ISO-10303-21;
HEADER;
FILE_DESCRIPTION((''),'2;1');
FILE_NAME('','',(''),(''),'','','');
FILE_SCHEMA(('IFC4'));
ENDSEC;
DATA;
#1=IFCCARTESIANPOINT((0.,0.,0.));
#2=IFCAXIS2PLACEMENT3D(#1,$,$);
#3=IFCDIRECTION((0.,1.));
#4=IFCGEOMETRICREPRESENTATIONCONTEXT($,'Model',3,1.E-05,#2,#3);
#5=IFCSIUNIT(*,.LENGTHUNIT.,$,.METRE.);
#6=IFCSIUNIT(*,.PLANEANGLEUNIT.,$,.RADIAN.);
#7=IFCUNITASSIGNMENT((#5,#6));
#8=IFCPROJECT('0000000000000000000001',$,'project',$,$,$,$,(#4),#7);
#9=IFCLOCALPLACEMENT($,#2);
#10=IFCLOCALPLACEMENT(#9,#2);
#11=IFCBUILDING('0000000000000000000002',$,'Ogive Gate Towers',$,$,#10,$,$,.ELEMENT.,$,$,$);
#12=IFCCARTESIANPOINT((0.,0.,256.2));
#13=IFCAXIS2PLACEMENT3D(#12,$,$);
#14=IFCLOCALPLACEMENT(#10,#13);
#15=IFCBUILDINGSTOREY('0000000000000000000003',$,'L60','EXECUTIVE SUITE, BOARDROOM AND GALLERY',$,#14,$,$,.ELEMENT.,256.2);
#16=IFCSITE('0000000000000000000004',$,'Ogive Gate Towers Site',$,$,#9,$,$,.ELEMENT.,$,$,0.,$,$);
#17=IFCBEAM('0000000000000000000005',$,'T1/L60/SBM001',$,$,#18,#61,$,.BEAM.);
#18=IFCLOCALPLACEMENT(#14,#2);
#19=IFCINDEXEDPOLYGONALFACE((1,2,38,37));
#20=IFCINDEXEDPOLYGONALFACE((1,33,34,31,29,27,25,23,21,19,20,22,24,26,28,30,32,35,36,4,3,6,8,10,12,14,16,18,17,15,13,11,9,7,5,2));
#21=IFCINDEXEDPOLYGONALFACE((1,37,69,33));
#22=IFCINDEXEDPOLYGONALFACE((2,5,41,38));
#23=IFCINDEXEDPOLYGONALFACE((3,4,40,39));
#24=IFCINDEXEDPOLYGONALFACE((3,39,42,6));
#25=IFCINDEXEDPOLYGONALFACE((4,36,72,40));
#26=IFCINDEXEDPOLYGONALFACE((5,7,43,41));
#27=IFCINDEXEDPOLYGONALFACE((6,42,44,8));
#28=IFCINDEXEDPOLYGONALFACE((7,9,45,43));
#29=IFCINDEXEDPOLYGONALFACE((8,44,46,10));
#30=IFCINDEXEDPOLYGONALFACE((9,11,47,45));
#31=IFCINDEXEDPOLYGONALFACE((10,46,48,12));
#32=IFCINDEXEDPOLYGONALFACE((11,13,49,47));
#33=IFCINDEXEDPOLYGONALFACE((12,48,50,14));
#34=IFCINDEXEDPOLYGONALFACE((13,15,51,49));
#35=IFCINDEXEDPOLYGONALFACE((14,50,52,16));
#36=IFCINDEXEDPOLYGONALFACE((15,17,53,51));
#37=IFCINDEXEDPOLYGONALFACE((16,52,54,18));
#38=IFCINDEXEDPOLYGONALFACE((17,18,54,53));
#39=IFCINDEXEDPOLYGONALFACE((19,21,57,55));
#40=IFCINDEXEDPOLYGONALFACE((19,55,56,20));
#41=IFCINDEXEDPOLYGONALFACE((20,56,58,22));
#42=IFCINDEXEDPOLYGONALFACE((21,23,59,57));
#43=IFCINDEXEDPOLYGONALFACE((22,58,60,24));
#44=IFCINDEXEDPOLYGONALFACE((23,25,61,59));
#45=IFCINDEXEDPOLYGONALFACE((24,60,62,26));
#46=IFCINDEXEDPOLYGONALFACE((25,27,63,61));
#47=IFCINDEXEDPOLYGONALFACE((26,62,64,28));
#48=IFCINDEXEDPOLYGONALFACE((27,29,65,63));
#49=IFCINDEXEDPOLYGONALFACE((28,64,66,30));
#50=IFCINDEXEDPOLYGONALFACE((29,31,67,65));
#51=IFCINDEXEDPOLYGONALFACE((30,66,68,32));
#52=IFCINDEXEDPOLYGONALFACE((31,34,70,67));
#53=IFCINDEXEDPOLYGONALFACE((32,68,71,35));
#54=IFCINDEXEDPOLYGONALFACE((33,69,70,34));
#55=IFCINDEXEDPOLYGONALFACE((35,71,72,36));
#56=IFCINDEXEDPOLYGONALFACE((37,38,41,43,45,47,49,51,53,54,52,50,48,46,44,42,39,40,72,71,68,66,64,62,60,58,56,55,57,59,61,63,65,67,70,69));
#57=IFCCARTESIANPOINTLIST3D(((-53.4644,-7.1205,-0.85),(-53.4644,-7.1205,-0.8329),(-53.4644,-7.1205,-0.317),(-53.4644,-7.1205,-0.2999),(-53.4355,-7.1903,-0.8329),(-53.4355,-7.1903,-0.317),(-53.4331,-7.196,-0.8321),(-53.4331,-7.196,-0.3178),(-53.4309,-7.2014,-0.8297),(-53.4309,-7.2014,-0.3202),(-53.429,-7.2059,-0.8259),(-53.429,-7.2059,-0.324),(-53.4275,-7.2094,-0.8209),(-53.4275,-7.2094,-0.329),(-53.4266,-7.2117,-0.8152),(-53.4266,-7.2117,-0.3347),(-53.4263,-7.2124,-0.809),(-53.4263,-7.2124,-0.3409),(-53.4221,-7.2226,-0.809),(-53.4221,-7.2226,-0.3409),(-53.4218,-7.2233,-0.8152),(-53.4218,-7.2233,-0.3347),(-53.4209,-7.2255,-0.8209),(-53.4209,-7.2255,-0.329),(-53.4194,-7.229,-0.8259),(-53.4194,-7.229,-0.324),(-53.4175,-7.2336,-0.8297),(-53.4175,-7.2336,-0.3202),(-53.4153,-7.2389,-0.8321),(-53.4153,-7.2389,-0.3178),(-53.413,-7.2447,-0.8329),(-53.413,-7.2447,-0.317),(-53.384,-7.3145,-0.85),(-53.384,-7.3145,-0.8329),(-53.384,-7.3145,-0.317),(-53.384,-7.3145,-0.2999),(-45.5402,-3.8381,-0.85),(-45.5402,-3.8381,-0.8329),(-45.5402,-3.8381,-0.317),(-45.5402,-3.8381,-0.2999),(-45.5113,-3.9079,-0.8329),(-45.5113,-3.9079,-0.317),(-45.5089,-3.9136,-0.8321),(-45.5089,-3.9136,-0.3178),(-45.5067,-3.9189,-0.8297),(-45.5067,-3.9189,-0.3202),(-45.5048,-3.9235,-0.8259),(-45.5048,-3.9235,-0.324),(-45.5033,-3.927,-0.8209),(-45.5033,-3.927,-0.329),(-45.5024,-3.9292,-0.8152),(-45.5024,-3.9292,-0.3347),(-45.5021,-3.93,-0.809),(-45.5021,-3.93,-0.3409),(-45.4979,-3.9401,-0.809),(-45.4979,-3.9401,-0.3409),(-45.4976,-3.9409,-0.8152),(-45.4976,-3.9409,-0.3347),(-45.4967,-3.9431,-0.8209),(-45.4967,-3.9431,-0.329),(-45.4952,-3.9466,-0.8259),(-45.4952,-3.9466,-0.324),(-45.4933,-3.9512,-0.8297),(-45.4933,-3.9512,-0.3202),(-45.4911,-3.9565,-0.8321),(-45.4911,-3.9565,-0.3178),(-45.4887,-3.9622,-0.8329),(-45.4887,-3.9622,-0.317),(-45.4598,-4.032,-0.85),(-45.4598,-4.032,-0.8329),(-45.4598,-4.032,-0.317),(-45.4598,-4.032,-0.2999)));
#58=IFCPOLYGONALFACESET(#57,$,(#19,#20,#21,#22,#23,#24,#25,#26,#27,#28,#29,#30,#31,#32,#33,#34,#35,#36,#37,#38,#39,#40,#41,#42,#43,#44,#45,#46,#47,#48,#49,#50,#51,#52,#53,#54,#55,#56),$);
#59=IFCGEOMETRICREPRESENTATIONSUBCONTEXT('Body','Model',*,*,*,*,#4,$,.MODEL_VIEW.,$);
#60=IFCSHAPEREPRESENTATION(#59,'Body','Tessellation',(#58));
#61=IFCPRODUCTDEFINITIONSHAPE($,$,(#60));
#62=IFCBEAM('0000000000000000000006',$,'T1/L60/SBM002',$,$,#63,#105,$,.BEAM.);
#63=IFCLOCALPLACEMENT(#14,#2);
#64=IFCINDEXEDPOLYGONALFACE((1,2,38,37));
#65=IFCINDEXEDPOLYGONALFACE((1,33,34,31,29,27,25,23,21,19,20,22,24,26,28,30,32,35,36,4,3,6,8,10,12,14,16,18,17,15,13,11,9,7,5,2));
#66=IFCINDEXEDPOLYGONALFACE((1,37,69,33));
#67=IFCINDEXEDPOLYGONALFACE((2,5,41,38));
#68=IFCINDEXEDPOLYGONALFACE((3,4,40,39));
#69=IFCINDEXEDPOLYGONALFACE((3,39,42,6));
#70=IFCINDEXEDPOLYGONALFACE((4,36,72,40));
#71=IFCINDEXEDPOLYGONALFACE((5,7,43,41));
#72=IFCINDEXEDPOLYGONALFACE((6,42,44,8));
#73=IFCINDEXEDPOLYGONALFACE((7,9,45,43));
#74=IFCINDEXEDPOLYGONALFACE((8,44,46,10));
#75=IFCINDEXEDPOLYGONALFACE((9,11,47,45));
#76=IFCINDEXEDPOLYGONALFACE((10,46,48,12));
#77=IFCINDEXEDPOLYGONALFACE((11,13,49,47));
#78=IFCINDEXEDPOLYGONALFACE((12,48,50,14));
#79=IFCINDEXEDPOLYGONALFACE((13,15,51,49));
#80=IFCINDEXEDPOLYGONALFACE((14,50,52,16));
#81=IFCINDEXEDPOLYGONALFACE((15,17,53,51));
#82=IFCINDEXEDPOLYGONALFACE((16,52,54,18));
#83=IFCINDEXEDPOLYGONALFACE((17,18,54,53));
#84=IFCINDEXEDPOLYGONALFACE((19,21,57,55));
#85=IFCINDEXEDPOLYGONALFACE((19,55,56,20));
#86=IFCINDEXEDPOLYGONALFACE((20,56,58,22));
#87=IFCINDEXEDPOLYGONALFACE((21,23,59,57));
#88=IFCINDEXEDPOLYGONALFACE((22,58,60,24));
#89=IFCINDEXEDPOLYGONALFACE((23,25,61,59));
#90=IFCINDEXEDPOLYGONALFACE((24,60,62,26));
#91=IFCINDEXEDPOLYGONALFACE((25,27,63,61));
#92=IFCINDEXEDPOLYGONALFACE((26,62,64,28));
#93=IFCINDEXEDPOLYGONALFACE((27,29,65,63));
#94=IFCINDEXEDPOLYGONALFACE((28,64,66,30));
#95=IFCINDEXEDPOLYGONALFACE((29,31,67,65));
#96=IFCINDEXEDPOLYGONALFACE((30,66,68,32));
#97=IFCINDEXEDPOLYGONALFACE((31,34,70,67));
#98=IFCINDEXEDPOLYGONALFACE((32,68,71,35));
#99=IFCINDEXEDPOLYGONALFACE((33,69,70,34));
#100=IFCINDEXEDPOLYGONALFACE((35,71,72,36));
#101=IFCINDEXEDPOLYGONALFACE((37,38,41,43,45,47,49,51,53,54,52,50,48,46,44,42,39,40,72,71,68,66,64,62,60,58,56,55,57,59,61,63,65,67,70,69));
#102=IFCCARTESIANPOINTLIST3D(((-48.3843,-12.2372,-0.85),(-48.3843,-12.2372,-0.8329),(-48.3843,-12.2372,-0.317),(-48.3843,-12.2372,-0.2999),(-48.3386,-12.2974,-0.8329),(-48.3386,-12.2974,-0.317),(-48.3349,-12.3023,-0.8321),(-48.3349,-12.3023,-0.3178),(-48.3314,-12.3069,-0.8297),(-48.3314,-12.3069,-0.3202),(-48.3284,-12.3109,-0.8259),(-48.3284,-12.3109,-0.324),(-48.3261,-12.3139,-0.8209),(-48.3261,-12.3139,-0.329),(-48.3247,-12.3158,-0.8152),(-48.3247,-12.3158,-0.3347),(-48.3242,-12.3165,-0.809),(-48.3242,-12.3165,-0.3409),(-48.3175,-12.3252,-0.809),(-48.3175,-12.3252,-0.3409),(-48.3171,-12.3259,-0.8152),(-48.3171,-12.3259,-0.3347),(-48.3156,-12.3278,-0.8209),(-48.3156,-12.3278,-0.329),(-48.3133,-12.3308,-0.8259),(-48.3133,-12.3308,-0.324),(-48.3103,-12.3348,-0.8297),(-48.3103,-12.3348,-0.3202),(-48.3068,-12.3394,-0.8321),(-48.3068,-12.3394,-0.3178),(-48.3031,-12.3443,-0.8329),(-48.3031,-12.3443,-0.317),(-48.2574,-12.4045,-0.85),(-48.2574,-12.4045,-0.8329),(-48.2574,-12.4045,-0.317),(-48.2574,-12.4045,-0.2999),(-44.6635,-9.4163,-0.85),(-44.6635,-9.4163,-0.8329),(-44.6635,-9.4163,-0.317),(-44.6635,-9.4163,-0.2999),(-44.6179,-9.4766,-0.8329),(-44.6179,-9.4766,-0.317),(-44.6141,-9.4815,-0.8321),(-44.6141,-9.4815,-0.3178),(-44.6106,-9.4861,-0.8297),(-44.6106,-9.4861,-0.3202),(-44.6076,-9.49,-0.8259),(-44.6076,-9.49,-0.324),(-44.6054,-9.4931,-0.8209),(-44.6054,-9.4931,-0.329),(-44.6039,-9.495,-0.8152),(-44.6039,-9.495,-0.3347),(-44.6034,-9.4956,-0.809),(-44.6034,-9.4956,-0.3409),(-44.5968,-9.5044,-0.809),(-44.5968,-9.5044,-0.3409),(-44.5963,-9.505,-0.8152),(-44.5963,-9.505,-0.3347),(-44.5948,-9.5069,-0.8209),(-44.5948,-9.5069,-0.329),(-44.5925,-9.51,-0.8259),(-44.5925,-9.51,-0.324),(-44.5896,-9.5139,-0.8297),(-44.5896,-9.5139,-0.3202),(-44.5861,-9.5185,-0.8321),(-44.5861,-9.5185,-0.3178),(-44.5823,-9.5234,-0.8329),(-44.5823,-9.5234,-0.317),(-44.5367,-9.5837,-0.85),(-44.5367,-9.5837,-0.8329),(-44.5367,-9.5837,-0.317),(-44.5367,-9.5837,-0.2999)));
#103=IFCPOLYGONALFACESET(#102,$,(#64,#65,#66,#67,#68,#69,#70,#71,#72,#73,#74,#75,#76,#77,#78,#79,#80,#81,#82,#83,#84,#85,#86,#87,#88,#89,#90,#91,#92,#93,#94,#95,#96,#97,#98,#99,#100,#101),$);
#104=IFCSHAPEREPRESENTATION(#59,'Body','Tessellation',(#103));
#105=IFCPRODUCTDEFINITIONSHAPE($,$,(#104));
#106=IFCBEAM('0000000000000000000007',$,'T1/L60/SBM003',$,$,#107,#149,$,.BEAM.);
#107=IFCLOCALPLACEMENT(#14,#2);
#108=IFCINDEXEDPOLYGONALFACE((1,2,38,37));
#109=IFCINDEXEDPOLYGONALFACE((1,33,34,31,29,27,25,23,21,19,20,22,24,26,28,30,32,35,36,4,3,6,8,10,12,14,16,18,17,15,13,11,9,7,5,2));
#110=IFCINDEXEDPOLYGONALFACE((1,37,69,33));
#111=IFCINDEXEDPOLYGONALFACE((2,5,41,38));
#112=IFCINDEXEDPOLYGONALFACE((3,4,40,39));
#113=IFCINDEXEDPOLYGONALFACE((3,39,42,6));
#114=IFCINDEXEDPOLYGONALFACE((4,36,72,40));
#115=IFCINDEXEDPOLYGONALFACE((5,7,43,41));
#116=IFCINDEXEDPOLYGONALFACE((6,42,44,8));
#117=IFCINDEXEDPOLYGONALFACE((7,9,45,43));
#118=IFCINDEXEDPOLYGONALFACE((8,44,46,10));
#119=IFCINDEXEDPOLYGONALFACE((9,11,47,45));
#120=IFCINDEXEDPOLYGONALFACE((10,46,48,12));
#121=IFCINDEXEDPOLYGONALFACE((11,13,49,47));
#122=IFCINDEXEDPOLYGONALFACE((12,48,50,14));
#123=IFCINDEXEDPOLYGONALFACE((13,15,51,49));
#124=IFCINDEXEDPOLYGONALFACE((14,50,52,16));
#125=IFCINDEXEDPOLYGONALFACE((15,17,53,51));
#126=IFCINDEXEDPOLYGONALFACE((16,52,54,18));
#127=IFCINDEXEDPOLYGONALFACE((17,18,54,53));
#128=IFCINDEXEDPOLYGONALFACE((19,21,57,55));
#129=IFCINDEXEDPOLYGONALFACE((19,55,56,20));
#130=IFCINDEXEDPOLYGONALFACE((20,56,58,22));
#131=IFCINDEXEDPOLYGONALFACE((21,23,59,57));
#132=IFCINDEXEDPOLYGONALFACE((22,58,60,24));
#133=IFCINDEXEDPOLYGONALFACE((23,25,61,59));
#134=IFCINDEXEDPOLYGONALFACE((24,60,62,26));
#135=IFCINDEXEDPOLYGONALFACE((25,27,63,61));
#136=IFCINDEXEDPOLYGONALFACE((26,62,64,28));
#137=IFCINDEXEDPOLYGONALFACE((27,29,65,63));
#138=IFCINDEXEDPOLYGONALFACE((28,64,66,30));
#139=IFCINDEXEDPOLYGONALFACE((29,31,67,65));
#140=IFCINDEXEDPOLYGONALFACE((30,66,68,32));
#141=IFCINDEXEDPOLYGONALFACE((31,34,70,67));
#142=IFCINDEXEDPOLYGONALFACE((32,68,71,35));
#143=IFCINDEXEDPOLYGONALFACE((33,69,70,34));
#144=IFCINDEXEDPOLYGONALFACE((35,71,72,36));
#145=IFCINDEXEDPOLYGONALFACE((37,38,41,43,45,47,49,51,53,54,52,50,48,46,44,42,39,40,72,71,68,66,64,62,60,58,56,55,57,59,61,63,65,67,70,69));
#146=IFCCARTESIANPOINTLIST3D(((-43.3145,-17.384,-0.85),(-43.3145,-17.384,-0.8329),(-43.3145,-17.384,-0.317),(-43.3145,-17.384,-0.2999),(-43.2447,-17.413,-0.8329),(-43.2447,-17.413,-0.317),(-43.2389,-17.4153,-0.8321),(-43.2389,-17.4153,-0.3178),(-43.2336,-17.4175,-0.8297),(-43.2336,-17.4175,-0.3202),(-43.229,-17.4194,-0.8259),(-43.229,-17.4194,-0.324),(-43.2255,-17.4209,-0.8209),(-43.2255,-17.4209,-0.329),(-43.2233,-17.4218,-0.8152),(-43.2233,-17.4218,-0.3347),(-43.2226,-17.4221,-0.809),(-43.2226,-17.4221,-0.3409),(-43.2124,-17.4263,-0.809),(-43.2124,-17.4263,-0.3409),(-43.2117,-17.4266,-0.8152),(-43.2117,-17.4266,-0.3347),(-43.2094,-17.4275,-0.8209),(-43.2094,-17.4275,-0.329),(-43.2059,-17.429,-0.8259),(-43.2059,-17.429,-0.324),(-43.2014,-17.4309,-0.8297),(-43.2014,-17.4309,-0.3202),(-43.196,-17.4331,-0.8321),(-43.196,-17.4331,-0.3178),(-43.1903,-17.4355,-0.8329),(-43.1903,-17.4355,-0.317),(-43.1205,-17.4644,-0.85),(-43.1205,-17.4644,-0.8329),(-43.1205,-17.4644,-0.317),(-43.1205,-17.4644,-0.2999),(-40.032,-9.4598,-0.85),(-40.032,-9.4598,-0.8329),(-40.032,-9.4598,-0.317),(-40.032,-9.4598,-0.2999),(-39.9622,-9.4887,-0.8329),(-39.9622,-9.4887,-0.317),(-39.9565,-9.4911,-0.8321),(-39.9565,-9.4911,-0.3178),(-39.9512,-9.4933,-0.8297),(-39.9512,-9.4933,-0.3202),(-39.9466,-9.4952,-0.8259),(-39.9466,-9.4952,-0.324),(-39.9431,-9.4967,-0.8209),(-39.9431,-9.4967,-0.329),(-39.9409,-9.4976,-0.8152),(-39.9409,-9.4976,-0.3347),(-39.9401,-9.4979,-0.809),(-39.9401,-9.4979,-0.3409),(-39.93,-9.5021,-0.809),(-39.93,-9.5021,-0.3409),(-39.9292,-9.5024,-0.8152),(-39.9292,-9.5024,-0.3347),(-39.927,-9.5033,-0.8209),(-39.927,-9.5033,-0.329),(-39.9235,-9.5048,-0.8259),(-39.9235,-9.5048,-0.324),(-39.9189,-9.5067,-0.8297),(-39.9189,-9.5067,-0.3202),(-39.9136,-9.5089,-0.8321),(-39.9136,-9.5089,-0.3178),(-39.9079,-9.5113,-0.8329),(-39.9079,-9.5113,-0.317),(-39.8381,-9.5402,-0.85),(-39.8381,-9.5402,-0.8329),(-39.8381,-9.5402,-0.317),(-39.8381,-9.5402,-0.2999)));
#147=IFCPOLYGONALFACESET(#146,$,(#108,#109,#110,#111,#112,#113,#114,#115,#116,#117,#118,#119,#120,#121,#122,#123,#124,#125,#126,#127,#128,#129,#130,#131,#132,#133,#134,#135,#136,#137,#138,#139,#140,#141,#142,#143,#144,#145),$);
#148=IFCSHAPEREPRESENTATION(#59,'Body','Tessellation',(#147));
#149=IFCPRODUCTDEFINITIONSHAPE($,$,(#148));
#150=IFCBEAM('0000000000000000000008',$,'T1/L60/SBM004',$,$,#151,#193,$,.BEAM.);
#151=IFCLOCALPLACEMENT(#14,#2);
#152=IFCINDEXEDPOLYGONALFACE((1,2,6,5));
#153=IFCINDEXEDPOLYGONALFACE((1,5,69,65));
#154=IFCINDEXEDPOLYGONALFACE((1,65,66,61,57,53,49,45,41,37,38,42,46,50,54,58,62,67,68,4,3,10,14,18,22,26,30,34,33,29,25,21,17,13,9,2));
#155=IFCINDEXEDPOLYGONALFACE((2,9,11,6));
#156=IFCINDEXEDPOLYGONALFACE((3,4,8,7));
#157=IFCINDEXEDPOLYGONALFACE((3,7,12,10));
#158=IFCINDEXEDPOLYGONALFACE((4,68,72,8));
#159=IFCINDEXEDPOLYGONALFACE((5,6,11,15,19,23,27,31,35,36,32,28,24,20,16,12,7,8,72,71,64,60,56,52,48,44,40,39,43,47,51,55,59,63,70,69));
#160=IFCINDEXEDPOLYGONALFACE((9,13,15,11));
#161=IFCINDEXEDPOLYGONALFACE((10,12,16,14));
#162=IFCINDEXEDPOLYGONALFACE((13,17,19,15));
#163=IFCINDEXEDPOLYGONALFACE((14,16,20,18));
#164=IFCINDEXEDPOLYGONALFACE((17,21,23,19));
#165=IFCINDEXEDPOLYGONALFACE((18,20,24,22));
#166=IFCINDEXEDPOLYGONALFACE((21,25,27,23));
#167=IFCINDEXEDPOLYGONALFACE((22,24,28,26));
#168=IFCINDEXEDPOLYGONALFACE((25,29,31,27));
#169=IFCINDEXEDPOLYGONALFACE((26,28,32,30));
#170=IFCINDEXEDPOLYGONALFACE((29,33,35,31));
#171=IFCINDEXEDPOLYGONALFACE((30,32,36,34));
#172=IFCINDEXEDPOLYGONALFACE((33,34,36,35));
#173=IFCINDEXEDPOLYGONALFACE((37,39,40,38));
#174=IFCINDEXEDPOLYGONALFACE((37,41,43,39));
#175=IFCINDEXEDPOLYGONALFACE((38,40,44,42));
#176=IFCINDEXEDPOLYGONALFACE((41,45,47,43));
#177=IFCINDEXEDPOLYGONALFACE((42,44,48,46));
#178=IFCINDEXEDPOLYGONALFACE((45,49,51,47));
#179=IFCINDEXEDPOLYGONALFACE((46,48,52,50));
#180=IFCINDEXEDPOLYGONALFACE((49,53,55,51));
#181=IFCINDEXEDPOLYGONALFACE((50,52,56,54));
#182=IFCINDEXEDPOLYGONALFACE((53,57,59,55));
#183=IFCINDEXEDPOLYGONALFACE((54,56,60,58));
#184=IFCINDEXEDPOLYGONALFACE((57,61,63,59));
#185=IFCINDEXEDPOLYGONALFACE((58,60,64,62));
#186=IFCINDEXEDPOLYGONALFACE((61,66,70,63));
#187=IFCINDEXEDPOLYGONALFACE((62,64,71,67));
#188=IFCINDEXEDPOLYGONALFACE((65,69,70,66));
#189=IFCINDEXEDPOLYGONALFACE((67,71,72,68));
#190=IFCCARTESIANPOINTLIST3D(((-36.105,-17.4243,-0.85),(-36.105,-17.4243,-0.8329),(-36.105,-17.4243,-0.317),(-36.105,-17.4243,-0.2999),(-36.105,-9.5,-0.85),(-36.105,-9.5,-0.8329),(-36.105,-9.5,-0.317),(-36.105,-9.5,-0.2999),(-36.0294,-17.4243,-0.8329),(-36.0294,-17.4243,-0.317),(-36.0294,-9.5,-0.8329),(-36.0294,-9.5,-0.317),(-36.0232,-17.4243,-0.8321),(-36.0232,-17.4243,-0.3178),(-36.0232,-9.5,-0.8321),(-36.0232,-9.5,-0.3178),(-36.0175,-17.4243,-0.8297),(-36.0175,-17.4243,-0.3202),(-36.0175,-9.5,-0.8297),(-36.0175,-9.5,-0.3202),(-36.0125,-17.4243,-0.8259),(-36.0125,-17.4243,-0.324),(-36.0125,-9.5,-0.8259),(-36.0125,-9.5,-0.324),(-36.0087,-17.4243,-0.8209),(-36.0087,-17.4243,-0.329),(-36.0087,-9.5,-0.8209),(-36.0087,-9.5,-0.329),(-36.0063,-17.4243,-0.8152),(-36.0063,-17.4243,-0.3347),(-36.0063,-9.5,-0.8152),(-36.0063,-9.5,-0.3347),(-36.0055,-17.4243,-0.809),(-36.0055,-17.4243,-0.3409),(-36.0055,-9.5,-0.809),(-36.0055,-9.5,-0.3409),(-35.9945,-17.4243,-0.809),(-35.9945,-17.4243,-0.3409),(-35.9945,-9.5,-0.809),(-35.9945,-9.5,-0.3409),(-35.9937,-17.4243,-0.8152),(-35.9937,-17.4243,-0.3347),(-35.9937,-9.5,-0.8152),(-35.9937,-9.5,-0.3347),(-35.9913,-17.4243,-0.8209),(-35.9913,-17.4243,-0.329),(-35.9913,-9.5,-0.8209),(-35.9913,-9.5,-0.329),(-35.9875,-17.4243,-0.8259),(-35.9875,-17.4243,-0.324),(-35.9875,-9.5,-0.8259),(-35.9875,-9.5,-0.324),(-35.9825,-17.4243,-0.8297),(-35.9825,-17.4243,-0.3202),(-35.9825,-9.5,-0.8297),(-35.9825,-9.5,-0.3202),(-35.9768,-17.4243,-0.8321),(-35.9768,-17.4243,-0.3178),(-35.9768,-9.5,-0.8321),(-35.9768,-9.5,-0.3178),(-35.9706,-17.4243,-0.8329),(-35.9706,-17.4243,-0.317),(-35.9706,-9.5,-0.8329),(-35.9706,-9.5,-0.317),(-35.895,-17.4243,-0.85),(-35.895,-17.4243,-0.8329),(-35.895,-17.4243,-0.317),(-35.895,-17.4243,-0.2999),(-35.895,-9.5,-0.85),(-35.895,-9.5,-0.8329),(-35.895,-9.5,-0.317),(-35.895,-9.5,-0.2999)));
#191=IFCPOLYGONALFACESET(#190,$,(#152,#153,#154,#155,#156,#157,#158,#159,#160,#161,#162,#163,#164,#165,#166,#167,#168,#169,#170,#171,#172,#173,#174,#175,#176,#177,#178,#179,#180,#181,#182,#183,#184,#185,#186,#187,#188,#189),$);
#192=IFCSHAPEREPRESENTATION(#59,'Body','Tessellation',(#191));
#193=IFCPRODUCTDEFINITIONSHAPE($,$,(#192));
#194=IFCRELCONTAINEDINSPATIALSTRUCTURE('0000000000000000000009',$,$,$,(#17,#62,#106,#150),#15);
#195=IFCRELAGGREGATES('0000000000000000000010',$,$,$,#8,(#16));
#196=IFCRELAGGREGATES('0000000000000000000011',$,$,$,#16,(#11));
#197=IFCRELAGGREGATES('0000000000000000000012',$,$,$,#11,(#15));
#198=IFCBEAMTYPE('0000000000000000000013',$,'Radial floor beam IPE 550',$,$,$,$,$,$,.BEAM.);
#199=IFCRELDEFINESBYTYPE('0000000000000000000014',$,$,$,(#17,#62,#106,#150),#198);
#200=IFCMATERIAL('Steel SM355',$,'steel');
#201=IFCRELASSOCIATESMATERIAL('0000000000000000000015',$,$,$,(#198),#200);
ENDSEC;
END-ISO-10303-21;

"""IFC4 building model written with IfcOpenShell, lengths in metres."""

from ifc_helpers import new_model, si_unit, direction, frame, origin, origin_2d, place, context, subcontext, project, spatial, i_section, extrude, material, material_profile, profile_set, type_object, element, save


model = new_model("IFC4")

# Units and contexts
model_context = context("Model", 3, precision=1e-05, world=origin(), true_north=direction((0.0, 1.0)))
body_context = subcontext(model_context, "Body", "Model", "MODEL_VIEW")
ifc_project = project(units=[si_unit("LENGTHUNIT", "METRE"), si_unit("PLANEANGLEUNIT", "RADIAN")], contexts=[model_context])

# Site, building, storey
site_placement = place(None, origin())
site = spatial("IfcSite", under=ifc_project, at=site_placement, Name="Ogive Gate Towers Site", CompositionType="ELEMENT", RefElevation=0.0)
building_placement = place(site_placement, origin())
building = spatial("IfcBuilding", under=site, at=building_placement, Name="Ogive Gate Towers", CompositionType="ELEMENT")
storey_placement = place(building_placement, frame((0.0, 0.0, 256.2)))
storey = spatial("IfcBuildingStorey", under=building, at=storey_placement, Name="L60", Description="EXECUTIVE SUITE, BOARDROOM AND GALLERY", CompositionType="ELEMENT", Elevation=256.2)

# Beams
ifc_material_1 = material(Name="Steel SM355", Category="steel")
ifc_material_profile_1 = material_profile(ifc_material_1, i_section(OverallWidth=0.21, OverallDepth=0.55, WebThickness=0.011, FlangeThickness=0.0171, FilletRadius=0.0239, at=origin_2d()), Name="IPE 550")
ifc_profile_set_1 = profile_set([ifc_material_profile_1], Name="Steel SM355")
beam_type = type_object("IfcBeamType", Name="Radial floor beam IPE 550", PredefinedType="BEAM", material=ifc_profile_set_1)
beam_1_placement = place(storey_placement, frame((-45.5, -3.9351, -0.575), z_axis=(-0.923875, -0.382695, 0.0), x_axis=(0.382695, -0.923875, 0.0)))
element("IfcBeam", 1, at=beam_1_placement, inside=storey, type_object=beam_type, Name="T1/L60/SBM001", PredefinedType="BEAM", context=body_context, shape_type="SweptSolid", body=[
    extrude(i_section(OverallWidth=0.21, OverallDepth=0.55, WebThickness=0.011, FlangeThickness=0.0171, FilletRadius=0.0239, at=origin_2d()), origin(), (0.0, 0.0, 1.0), 8.5771),
])
beam_2_placement = place(storey_placement, frame((-44.6001, -9.5, -0.575), z_axis=(-0.796877, -0.604142, 0.0), x_axis=(0.604142, -0.796877, 0.0)))
element("IfcBeam", 2, at=beam_2_placement, inside=storey, type_object=beam_type, Name="T1/L60/SBM002", PredefinedType="BEAM", context=body_context, shape_type="SweptSolid", body=[
    extrude(i_section(OverallWidth=0.21, OverallDepth=0.55, WebThickness=0.011, FlangeThickness=0.0171, FilletRadius=0.0239, at=origin_2d()), origin(), (0.0, 0.0, 1.0), 4.6692),
])
beam_3_placement = place(storey_placement, frame((-39.9351, -9.5, -0.575), z_axis=(-0.382695, -0.923875, 0.0), x_axis=(0.923875, -0.382695, 0.0)))
element("IfcBeam", 3, at=beam_3_placement, inside=storey, type_object=beam_type, Name="T1/L60/SBM003", PredefinedType="BEAM", context=body_context, shape_type="SweptSolid", body=[
    extrude(i_section(OverallWidth=0.21, OverallDepth=0.55, WebThickness=0.011, FlangeThickness=0.0171, FilletRadius=0.0239, at=origin_2d()), origin(), (0.0, 0.0, 1.0), 8.5771),
])
beam_4_placement = place(storey_placement, frame((-36.0, -9.5, -0.575), z_axis=(0.0, -1.0, 0.0), x_axis=(1.0, 0.0, 0.0)))
element("IfcBeam", 4, at=beam_4_placement, inside=storey, type_object=beam_type, Name="T1/L60/SBM004", PredefinedType="BEAM", context=body_context, shape_type="SweptSolid", body=[
    extrude(i_section(OverallWidth=0.21, OverallDepth=0.55, WebThickness=0.011, FlangeThickness=0.0171, FilletRadius=0.0239, at=origin_2d()), origin(), (0.0, 0.0, 1.0), 7.9243),
])

save(model, "model.ifc")
